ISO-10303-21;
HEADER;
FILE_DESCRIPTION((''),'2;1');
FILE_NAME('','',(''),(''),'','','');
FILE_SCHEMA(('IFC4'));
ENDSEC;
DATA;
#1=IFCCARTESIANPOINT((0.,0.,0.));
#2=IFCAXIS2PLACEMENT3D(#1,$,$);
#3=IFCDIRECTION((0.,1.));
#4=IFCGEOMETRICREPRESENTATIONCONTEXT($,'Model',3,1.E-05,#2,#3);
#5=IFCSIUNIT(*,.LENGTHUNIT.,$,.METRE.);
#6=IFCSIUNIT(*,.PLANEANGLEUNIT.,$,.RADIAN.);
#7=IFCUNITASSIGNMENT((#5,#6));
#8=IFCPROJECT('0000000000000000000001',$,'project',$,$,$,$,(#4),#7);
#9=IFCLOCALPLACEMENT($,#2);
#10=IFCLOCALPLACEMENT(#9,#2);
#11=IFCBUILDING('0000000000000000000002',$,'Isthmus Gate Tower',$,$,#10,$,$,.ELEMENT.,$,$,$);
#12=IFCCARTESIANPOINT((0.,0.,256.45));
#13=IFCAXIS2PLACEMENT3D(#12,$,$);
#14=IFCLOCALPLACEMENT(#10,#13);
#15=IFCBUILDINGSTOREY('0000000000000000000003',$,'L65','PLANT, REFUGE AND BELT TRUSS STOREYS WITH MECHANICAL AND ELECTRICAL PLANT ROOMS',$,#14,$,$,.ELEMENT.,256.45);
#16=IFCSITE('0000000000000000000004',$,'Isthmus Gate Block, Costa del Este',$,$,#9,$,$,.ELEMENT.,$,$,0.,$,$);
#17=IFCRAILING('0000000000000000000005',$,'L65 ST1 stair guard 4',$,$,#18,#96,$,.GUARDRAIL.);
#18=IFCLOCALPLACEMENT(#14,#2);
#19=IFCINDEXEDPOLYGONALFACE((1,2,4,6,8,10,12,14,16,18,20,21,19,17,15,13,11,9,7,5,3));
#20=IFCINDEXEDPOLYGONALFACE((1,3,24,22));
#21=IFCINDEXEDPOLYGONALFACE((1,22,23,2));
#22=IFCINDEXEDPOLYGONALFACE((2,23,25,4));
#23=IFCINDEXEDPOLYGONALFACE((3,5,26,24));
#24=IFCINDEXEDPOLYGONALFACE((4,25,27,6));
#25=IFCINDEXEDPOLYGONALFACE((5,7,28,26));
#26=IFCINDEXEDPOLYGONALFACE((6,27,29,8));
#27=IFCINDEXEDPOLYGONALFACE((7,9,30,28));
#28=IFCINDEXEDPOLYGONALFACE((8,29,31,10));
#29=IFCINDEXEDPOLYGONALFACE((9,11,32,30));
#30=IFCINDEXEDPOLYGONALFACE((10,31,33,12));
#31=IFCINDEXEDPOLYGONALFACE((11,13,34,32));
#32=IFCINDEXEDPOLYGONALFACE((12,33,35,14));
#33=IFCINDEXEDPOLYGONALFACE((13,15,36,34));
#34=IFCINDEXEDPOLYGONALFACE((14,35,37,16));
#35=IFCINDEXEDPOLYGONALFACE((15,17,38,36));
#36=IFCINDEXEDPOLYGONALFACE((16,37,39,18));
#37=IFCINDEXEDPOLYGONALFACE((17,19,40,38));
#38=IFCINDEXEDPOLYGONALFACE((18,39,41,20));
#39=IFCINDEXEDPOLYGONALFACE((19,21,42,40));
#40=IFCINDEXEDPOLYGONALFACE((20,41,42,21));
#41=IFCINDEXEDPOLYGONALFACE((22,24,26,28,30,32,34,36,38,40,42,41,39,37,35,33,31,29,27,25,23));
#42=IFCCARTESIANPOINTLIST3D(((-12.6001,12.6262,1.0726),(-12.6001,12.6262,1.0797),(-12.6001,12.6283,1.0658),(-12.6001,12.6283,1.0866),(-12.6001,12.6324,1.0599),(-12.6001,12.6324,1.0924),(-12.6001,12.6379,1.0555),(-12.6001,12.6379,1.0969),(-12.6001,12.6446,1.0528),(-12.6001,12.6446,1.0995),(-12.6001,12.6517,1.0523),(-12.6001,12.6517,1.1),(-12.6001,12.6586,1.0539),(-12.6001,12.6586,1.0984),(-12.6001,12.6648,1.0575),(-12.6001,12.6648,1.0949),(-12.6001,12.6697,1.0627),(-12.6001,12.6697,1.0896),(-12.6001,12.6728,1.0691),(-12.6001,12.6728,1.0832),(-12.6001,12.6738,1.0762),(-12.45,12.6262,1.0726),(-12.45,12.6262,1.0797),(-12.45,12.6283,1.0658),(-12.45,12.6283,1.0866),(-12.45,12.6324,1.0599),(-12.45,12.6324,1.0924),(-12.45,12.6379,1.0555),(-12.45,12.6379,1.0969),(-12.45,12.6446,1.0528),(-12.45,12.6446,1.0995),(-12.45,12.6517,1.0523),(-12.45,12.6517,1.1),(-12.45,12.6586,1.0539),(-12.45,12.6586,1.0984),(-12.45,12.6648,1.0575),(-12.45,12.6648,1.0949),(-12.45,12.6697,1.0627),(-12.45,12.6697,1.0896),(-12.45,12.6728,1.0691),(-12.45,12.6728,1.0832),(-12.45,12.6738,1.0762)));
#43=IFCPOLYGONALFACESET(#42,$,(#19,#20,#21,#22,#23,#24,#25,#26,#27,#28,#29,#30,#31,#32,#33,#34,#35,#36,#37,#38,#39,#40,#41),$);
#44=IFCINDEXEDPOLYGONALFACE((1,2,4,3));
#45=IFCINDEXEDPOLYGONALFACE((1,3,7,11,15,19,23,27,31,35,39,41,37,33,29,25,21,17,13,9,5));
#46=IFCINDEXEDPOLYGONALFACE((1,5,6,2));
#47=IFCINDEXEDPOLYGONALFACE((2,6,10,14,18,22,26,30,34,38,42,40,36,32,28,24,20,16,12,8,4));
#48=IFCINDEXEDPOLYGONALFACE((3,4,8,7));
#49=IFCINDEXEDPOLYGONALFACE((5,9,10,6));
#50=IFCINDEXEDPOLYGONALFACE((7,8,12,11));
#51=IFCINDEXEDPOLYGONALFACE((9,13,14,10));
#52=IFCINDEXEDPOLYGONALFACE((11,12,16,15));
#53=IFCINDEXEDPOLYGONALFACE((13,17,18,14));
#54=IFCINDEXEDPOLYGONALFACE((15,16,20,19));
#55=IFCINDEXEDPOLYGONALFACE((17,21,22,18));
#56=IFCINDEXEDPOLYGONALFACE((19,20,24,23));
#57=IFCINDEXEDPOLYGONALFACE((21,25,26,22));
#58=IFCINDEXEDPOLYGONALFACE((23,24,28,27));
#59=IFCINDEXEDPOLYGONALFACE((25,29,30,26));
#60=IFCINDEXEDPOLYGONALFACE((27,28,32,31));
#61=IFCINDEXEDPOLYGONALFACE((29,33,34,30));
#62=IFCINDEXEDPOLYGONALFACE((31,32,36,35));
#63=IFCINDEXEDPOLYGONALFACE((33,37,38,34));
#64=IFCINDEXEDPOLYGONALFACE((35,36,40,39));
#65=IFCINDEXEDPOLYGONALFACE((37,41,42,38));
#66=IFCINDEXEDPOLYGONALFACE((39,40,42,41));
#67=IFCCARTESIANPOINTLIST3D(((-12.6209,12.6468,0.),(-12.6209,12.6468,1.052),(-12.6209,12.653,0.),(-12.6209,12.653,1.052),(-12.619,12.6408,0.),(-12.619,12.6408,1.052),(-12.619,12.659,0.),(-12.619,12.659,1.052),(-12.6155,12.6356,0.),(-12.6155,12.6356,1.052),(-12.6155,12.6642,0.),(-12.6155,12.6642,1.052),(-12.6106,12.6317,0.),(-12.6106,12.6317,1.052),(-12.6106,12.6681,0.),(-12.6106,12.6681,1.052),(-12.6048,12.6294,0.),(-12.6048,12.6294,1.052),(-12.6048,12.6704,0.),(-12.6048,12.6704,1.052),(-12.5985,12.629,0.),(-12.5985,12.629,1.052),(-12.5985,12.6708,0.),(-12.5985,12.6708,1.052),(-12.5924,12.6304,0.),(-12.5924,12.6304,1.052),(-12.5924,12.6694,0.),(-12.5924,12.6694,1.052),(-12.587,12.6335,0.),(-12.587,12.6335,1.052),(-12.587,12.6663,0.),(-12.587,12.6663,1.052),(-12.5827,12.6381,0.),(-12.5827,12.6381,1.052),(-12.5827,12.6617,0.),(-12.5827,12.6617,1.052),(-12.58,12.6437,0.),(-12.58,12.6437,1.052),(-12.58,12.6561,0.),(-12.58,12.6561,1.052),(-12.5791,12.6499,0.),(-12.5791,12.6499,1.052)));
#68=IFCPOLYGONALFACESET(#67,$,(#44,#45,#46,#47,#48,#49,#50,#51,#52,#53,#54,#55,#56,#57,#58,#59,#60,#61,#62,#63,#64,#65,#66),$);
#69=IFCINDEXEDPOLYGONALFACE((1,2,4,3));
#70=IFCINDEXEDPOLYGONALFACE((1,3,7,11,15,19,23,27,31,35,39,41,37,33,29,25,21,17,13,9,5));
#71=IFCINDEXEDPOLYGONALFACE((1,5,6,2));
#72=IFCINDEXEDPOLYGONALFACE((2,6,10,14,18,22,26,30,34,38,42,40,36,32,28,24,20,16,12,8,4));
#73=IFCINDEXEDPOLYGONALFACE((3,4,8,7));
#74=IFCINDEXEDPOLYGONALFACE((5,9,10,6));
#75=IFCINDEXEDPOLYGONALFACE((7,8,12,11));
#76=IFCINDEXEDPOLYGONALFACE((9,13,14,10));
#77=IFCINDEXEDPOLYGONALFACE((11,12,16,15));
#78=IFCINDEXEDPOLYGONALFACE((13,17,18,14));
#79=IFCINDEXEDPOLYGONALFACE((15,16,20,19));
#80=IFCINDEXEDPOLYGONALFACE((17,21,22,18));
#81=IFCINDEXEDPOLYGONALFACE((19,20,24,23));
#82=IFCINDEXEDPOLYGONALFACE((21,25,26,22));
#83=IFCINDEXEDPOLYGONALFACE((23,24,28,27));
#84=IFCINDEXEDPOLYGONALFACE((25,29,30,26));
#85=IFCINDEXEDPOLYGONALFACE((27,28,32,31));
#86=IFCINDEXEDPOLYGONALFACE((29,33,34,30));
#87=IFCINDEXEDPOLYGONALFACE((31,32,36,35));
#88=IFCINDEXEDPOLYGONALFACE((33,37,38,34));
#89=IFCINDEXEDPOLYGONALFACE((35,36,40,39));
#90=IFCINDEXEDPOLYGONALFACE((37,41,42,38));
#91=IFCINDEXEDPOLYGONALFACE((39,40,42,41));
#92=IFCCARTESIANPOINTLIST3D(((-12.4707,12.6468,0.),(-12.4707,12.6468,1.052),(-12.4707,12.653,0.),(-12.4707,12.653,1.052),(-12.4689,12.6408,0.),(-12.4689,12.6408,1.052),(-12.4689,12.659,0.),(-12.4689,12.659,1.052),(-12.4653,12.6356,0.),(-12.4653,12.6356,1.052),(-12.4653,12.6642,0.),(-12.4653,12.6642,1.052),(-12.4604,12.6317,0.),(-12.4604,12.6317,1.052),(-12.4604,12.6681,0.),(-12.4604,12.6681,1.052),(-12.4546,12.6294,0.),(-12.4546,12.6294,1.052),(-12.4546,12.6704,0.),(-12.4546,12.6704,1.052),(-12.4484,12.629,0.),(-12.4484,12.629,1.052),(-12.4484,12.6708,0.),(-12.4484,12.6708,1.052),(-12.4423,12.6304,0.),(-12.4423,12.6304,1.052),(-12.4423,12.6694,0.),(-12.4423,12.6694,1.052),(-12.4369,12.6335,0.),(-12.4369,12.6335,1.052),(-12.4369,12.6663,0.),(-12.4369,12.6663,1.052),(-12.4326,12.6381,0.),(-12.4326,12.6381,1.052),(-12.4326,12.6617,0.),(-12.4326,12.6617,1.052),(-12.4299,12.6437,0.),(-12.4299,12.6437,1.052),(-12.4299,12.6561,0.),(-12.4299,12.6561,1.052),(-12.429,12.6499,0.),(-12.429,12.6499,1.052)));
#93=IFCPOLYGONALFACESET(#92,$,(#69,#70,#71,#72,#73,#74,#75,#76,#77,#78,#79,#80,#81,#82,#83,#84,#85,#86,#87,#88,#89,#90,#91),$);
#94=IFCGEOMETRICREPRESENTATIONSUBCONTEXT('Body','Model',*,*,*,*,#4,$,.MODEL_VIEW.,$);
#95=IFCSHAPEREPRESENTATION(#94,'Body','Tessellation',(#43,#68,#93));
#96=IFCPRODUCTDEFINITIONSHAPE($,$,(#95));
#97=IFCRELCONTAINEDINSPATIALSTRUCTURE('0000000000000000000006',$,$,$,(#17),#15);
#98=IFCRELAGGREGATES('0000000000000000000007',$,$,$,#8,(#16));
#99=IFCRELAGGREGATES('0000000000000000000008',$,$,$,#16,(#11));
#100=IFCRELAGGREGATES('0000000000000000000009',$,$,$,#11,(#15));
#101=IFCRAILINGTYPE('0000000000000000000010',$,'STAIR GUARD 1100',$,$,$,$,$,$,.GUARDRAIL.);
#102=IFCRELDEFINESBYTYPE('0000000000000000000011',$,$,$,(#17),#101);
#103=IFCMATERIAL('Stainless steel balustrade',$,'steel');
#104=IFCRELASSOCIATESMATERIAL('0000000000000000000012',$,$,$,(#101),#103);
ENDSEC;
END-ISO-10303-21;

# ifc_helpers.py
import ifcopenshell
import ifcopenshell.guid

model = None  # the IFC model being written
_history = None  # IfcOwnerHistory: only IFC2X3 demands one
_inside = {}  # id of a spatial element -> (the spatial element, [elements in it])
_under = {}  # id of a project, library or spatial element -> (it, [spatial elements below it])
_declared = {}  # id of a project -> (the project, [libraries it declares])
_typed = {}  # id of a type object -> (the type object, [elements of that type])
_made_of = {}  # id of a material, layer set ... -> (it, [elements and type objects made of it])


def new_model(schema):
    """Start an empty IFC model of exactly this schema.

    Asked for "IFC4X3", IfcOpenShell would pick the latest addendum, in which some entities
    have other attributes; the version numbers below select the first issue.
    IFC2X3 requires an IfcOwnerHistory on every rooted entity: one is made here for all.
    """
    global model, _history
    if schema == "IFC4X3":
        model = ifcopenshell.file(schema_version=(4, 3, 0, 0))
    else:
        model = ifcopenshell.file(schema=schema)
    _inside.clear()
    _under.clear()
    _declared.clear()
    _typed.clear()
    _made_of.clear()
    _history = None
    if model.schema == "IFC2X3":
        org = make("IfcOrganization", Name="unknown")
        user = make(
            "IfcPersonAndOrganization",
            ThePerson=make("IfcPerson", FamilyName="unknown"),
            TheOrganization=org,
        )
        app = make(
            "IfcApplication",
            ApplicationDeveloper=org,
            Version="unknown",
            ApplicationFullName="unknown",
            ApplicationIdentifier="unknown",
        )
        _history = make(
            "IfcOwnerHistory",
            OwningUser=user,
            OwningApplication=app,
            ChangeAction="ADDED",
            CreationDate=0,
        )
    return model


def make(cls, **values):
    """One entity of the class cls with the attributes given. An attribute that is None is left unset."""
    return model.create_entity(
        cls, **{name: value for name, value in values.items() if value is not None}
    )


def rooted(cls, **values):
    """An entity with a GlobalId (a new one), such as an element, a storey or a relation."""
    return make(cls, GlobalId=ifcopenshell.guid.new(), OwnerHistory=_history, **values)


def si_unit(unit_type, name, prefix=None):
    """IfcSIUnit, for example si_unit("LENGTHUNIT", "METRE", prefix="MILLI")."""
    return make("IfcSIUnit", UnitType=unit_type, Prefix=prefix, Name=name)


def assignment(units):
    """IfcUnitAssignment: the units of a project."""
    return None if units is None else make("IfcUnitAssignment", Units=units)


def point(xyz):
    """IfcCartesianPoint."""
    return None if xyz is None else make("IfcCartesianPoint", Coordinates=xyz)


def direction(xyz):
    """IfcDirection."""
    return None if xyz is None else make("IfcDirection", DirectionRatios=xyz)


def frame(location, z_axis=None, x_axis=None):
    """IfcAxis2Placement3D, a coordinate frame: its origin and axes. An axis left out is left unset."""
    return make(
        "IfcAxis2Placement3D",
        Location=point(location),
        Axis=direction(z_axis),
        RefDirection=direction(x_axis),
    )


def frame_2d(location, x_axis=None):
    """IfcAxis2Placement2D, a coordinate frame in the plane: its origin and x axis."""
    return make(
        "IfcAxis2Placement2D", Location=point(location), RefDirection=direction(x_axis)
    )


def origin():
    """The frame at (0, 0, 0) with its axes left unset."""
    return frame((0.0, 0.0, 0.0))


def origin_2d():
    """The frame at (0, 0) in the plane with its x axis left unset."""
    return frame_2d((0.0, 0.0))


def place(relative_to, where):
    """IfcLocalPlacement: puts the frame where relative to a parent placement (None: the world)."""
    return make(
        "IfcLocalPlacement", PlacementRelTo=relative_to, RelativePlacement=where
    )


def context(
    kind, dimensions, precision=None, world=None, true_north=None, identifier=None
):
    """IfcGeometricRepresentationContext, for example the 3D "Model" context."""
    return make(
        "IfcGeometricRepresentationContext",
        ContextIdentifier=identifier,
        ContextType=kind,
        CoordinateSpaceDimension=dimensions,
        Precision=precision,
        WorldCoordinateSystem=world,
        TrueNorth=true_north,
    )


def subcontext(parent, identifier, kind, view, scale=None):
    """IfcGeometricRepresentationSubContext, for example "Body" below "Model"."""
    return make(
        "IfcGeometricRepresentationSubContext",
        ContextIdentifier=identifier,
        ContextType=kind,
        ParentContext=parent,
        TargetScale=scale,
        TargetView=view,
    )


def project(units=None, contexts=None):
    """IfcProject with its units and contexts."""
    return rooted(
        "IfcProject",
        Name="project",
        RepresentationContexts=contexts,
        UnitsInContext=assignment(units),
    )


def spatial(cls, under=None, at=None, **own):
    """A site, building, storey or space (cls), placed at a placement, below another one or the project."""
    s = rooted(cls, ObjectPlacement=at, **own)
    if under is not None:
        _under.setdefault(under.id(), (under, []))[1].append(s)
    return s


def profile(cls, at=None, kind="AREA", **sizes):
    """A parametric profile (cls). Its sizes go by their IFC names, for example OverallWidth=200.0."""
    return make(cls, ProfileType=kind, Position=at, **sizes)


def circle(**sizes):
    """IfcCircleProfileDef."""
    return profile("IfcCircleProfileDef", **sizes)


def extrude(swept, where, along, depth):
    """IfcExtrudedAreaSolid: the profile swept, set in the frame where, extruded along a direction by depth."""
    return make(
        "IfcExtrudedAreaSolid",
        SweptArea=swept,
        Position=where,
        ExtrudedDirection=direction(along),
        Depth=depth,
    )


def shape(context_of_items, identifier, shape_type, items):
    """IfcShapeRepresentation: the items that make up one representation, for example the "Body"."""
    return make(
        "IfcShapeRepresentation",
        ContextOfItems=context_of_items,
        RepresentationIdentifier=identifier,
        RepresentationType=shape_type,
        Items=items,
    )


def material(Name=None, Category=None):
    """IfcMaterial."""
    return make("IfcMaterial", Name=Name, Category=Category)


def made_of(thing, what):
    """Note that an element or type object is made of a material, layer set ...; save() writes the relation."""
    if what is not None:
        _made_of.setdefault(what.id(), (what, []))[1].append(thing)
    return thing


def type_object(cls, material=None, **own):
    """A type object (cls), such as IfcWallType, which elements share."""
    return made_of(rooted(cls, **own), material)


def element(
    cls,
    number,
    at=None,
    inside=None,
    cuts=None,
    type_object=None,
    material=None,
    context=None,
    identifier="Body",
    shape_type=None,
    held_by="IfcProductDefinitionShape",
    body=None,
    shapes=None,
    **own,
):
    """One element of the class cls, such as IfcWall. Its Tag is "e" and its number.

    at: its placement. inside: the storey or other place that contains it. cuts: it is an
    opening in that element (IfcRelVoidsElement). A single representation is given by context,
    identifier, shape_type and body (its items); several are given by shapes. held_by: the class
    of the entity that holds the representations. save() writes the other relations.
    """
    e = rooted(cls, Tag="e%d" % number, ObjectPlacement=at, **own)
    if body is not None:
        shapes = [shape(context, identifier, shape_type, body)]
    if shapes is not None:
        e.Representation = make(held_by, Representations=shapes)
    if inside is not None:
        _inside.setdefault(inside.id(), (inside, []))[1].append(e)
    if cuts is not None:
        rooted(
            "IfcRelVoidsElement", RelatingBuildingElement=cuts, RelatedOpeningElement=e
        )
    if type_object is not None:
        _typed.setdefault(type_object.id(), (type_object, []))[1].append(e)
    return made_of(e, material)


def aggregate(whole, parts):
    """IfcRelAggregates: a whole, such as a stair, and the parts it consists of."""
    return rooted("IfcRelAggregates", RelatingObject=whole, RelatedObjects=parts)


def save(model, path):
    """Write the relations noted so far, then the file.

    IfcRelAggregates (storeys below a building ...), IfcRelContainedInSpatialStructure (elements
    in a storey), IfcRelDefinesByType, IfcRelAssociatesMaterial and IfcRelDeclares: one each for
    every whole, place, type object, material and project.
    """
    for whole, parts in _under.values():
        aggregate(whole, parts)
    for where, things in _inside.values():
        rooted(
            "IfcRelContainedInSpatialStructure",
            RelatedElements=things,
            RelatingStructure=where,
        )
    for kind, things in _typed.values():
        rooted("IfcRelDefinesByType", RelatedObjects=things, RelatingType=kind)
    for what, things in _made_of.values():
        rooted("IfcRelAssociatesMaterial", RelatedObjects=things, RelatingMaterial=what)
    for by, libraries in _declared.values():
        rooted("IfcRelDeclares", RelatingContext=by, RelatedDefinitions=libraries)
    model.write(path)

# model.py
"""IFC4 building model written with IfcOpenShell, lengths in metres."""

from ifc_helpers import new_model, si_unit, direction, frame, origin, origin_2d, place, context, subcontext, project, spatial, circle, extrude, material, type_object, element, save


model = new_model("IFC4")

# Units and contexts
model_context = context("Model", 3, precision=1e-05, world=origin(), true_north=direction((0.0, 1.0)))
body_context = subcontext(model_context, "Body", "Model", "MODEL_VIEW")
ifc_project = project(units=[si_unit("LENGTHUNIT", "METRE"), si_unit("PLANEANGLEUNIT", "RADIAN")], contexts=[model_context])

# Site, building, storey
site_placement = place(None, origin())
site = spatial("IfcSite", under=ifc_project, at=site_placement, Name="Isthmus Gate Block, Costa del Este", CompositionType="ELEMENT", RefElevation=0.0)
building_placement = place(site_placement, origin())
building = spatial("IfcBuilding", under=site, at=building_placement, Name="Isthmus Gate Tower", CompositionType="ELEMENT")
storey_placement = place(building_placement, frame((0.0, 0.0, 256.45)))
storey = spatial("IfcBuildingStorey", under=building, at=storey_placement, Name="L65", Description="PLANT, REFUGE AND BELT TRUSS STOREYS WITH MECHANICAL AND ELECTRICAL PLANT ROOMS", CompositionType="ELEMENT", Elevation=256.45)

# Railing
ifc_material_1 = material(Name="Stainless steel balustrade", Category="steel")
railing_type_1 = type_object("IfcRailingType", Name="STAIR GUARD 1100", PredefinedType="GUARDRAIL", material=ifc_material_1)
railing_1_placement = place(storey_placement, frame((-12.6001, 12.6499, 0.0)))
element("IfcRailing", 1, at=railing_1_placement, inside=storey, type_object=railing_type_1, Name="L65 ST1 stair guard 4", PredefinedType="GUARDRAIL", context=body_context, shape_type="SweptSolid", body=[
    extrude(circle(Radius=0.0239, at=origin_2d()), frame((0.0, 0.0, 1.0762), z_axis=(1.0, 0.0, 0.0), x_axis=(0.0, 1.0, 0.0)), (0.0, 0.0, 1.0), 0.1501),
    extrude(circle(Radius=0.021, at=origin_2d()), origin(), (0.0, 0.0, 1.0), 1.052),
    extrude(circle(Radius=0.021, at=origin_2d()), frame((0.1501, 0.0, 0.0)), (0.0, 0.0, 1.0), 1.052),
])

save(model, "model.ifc")
